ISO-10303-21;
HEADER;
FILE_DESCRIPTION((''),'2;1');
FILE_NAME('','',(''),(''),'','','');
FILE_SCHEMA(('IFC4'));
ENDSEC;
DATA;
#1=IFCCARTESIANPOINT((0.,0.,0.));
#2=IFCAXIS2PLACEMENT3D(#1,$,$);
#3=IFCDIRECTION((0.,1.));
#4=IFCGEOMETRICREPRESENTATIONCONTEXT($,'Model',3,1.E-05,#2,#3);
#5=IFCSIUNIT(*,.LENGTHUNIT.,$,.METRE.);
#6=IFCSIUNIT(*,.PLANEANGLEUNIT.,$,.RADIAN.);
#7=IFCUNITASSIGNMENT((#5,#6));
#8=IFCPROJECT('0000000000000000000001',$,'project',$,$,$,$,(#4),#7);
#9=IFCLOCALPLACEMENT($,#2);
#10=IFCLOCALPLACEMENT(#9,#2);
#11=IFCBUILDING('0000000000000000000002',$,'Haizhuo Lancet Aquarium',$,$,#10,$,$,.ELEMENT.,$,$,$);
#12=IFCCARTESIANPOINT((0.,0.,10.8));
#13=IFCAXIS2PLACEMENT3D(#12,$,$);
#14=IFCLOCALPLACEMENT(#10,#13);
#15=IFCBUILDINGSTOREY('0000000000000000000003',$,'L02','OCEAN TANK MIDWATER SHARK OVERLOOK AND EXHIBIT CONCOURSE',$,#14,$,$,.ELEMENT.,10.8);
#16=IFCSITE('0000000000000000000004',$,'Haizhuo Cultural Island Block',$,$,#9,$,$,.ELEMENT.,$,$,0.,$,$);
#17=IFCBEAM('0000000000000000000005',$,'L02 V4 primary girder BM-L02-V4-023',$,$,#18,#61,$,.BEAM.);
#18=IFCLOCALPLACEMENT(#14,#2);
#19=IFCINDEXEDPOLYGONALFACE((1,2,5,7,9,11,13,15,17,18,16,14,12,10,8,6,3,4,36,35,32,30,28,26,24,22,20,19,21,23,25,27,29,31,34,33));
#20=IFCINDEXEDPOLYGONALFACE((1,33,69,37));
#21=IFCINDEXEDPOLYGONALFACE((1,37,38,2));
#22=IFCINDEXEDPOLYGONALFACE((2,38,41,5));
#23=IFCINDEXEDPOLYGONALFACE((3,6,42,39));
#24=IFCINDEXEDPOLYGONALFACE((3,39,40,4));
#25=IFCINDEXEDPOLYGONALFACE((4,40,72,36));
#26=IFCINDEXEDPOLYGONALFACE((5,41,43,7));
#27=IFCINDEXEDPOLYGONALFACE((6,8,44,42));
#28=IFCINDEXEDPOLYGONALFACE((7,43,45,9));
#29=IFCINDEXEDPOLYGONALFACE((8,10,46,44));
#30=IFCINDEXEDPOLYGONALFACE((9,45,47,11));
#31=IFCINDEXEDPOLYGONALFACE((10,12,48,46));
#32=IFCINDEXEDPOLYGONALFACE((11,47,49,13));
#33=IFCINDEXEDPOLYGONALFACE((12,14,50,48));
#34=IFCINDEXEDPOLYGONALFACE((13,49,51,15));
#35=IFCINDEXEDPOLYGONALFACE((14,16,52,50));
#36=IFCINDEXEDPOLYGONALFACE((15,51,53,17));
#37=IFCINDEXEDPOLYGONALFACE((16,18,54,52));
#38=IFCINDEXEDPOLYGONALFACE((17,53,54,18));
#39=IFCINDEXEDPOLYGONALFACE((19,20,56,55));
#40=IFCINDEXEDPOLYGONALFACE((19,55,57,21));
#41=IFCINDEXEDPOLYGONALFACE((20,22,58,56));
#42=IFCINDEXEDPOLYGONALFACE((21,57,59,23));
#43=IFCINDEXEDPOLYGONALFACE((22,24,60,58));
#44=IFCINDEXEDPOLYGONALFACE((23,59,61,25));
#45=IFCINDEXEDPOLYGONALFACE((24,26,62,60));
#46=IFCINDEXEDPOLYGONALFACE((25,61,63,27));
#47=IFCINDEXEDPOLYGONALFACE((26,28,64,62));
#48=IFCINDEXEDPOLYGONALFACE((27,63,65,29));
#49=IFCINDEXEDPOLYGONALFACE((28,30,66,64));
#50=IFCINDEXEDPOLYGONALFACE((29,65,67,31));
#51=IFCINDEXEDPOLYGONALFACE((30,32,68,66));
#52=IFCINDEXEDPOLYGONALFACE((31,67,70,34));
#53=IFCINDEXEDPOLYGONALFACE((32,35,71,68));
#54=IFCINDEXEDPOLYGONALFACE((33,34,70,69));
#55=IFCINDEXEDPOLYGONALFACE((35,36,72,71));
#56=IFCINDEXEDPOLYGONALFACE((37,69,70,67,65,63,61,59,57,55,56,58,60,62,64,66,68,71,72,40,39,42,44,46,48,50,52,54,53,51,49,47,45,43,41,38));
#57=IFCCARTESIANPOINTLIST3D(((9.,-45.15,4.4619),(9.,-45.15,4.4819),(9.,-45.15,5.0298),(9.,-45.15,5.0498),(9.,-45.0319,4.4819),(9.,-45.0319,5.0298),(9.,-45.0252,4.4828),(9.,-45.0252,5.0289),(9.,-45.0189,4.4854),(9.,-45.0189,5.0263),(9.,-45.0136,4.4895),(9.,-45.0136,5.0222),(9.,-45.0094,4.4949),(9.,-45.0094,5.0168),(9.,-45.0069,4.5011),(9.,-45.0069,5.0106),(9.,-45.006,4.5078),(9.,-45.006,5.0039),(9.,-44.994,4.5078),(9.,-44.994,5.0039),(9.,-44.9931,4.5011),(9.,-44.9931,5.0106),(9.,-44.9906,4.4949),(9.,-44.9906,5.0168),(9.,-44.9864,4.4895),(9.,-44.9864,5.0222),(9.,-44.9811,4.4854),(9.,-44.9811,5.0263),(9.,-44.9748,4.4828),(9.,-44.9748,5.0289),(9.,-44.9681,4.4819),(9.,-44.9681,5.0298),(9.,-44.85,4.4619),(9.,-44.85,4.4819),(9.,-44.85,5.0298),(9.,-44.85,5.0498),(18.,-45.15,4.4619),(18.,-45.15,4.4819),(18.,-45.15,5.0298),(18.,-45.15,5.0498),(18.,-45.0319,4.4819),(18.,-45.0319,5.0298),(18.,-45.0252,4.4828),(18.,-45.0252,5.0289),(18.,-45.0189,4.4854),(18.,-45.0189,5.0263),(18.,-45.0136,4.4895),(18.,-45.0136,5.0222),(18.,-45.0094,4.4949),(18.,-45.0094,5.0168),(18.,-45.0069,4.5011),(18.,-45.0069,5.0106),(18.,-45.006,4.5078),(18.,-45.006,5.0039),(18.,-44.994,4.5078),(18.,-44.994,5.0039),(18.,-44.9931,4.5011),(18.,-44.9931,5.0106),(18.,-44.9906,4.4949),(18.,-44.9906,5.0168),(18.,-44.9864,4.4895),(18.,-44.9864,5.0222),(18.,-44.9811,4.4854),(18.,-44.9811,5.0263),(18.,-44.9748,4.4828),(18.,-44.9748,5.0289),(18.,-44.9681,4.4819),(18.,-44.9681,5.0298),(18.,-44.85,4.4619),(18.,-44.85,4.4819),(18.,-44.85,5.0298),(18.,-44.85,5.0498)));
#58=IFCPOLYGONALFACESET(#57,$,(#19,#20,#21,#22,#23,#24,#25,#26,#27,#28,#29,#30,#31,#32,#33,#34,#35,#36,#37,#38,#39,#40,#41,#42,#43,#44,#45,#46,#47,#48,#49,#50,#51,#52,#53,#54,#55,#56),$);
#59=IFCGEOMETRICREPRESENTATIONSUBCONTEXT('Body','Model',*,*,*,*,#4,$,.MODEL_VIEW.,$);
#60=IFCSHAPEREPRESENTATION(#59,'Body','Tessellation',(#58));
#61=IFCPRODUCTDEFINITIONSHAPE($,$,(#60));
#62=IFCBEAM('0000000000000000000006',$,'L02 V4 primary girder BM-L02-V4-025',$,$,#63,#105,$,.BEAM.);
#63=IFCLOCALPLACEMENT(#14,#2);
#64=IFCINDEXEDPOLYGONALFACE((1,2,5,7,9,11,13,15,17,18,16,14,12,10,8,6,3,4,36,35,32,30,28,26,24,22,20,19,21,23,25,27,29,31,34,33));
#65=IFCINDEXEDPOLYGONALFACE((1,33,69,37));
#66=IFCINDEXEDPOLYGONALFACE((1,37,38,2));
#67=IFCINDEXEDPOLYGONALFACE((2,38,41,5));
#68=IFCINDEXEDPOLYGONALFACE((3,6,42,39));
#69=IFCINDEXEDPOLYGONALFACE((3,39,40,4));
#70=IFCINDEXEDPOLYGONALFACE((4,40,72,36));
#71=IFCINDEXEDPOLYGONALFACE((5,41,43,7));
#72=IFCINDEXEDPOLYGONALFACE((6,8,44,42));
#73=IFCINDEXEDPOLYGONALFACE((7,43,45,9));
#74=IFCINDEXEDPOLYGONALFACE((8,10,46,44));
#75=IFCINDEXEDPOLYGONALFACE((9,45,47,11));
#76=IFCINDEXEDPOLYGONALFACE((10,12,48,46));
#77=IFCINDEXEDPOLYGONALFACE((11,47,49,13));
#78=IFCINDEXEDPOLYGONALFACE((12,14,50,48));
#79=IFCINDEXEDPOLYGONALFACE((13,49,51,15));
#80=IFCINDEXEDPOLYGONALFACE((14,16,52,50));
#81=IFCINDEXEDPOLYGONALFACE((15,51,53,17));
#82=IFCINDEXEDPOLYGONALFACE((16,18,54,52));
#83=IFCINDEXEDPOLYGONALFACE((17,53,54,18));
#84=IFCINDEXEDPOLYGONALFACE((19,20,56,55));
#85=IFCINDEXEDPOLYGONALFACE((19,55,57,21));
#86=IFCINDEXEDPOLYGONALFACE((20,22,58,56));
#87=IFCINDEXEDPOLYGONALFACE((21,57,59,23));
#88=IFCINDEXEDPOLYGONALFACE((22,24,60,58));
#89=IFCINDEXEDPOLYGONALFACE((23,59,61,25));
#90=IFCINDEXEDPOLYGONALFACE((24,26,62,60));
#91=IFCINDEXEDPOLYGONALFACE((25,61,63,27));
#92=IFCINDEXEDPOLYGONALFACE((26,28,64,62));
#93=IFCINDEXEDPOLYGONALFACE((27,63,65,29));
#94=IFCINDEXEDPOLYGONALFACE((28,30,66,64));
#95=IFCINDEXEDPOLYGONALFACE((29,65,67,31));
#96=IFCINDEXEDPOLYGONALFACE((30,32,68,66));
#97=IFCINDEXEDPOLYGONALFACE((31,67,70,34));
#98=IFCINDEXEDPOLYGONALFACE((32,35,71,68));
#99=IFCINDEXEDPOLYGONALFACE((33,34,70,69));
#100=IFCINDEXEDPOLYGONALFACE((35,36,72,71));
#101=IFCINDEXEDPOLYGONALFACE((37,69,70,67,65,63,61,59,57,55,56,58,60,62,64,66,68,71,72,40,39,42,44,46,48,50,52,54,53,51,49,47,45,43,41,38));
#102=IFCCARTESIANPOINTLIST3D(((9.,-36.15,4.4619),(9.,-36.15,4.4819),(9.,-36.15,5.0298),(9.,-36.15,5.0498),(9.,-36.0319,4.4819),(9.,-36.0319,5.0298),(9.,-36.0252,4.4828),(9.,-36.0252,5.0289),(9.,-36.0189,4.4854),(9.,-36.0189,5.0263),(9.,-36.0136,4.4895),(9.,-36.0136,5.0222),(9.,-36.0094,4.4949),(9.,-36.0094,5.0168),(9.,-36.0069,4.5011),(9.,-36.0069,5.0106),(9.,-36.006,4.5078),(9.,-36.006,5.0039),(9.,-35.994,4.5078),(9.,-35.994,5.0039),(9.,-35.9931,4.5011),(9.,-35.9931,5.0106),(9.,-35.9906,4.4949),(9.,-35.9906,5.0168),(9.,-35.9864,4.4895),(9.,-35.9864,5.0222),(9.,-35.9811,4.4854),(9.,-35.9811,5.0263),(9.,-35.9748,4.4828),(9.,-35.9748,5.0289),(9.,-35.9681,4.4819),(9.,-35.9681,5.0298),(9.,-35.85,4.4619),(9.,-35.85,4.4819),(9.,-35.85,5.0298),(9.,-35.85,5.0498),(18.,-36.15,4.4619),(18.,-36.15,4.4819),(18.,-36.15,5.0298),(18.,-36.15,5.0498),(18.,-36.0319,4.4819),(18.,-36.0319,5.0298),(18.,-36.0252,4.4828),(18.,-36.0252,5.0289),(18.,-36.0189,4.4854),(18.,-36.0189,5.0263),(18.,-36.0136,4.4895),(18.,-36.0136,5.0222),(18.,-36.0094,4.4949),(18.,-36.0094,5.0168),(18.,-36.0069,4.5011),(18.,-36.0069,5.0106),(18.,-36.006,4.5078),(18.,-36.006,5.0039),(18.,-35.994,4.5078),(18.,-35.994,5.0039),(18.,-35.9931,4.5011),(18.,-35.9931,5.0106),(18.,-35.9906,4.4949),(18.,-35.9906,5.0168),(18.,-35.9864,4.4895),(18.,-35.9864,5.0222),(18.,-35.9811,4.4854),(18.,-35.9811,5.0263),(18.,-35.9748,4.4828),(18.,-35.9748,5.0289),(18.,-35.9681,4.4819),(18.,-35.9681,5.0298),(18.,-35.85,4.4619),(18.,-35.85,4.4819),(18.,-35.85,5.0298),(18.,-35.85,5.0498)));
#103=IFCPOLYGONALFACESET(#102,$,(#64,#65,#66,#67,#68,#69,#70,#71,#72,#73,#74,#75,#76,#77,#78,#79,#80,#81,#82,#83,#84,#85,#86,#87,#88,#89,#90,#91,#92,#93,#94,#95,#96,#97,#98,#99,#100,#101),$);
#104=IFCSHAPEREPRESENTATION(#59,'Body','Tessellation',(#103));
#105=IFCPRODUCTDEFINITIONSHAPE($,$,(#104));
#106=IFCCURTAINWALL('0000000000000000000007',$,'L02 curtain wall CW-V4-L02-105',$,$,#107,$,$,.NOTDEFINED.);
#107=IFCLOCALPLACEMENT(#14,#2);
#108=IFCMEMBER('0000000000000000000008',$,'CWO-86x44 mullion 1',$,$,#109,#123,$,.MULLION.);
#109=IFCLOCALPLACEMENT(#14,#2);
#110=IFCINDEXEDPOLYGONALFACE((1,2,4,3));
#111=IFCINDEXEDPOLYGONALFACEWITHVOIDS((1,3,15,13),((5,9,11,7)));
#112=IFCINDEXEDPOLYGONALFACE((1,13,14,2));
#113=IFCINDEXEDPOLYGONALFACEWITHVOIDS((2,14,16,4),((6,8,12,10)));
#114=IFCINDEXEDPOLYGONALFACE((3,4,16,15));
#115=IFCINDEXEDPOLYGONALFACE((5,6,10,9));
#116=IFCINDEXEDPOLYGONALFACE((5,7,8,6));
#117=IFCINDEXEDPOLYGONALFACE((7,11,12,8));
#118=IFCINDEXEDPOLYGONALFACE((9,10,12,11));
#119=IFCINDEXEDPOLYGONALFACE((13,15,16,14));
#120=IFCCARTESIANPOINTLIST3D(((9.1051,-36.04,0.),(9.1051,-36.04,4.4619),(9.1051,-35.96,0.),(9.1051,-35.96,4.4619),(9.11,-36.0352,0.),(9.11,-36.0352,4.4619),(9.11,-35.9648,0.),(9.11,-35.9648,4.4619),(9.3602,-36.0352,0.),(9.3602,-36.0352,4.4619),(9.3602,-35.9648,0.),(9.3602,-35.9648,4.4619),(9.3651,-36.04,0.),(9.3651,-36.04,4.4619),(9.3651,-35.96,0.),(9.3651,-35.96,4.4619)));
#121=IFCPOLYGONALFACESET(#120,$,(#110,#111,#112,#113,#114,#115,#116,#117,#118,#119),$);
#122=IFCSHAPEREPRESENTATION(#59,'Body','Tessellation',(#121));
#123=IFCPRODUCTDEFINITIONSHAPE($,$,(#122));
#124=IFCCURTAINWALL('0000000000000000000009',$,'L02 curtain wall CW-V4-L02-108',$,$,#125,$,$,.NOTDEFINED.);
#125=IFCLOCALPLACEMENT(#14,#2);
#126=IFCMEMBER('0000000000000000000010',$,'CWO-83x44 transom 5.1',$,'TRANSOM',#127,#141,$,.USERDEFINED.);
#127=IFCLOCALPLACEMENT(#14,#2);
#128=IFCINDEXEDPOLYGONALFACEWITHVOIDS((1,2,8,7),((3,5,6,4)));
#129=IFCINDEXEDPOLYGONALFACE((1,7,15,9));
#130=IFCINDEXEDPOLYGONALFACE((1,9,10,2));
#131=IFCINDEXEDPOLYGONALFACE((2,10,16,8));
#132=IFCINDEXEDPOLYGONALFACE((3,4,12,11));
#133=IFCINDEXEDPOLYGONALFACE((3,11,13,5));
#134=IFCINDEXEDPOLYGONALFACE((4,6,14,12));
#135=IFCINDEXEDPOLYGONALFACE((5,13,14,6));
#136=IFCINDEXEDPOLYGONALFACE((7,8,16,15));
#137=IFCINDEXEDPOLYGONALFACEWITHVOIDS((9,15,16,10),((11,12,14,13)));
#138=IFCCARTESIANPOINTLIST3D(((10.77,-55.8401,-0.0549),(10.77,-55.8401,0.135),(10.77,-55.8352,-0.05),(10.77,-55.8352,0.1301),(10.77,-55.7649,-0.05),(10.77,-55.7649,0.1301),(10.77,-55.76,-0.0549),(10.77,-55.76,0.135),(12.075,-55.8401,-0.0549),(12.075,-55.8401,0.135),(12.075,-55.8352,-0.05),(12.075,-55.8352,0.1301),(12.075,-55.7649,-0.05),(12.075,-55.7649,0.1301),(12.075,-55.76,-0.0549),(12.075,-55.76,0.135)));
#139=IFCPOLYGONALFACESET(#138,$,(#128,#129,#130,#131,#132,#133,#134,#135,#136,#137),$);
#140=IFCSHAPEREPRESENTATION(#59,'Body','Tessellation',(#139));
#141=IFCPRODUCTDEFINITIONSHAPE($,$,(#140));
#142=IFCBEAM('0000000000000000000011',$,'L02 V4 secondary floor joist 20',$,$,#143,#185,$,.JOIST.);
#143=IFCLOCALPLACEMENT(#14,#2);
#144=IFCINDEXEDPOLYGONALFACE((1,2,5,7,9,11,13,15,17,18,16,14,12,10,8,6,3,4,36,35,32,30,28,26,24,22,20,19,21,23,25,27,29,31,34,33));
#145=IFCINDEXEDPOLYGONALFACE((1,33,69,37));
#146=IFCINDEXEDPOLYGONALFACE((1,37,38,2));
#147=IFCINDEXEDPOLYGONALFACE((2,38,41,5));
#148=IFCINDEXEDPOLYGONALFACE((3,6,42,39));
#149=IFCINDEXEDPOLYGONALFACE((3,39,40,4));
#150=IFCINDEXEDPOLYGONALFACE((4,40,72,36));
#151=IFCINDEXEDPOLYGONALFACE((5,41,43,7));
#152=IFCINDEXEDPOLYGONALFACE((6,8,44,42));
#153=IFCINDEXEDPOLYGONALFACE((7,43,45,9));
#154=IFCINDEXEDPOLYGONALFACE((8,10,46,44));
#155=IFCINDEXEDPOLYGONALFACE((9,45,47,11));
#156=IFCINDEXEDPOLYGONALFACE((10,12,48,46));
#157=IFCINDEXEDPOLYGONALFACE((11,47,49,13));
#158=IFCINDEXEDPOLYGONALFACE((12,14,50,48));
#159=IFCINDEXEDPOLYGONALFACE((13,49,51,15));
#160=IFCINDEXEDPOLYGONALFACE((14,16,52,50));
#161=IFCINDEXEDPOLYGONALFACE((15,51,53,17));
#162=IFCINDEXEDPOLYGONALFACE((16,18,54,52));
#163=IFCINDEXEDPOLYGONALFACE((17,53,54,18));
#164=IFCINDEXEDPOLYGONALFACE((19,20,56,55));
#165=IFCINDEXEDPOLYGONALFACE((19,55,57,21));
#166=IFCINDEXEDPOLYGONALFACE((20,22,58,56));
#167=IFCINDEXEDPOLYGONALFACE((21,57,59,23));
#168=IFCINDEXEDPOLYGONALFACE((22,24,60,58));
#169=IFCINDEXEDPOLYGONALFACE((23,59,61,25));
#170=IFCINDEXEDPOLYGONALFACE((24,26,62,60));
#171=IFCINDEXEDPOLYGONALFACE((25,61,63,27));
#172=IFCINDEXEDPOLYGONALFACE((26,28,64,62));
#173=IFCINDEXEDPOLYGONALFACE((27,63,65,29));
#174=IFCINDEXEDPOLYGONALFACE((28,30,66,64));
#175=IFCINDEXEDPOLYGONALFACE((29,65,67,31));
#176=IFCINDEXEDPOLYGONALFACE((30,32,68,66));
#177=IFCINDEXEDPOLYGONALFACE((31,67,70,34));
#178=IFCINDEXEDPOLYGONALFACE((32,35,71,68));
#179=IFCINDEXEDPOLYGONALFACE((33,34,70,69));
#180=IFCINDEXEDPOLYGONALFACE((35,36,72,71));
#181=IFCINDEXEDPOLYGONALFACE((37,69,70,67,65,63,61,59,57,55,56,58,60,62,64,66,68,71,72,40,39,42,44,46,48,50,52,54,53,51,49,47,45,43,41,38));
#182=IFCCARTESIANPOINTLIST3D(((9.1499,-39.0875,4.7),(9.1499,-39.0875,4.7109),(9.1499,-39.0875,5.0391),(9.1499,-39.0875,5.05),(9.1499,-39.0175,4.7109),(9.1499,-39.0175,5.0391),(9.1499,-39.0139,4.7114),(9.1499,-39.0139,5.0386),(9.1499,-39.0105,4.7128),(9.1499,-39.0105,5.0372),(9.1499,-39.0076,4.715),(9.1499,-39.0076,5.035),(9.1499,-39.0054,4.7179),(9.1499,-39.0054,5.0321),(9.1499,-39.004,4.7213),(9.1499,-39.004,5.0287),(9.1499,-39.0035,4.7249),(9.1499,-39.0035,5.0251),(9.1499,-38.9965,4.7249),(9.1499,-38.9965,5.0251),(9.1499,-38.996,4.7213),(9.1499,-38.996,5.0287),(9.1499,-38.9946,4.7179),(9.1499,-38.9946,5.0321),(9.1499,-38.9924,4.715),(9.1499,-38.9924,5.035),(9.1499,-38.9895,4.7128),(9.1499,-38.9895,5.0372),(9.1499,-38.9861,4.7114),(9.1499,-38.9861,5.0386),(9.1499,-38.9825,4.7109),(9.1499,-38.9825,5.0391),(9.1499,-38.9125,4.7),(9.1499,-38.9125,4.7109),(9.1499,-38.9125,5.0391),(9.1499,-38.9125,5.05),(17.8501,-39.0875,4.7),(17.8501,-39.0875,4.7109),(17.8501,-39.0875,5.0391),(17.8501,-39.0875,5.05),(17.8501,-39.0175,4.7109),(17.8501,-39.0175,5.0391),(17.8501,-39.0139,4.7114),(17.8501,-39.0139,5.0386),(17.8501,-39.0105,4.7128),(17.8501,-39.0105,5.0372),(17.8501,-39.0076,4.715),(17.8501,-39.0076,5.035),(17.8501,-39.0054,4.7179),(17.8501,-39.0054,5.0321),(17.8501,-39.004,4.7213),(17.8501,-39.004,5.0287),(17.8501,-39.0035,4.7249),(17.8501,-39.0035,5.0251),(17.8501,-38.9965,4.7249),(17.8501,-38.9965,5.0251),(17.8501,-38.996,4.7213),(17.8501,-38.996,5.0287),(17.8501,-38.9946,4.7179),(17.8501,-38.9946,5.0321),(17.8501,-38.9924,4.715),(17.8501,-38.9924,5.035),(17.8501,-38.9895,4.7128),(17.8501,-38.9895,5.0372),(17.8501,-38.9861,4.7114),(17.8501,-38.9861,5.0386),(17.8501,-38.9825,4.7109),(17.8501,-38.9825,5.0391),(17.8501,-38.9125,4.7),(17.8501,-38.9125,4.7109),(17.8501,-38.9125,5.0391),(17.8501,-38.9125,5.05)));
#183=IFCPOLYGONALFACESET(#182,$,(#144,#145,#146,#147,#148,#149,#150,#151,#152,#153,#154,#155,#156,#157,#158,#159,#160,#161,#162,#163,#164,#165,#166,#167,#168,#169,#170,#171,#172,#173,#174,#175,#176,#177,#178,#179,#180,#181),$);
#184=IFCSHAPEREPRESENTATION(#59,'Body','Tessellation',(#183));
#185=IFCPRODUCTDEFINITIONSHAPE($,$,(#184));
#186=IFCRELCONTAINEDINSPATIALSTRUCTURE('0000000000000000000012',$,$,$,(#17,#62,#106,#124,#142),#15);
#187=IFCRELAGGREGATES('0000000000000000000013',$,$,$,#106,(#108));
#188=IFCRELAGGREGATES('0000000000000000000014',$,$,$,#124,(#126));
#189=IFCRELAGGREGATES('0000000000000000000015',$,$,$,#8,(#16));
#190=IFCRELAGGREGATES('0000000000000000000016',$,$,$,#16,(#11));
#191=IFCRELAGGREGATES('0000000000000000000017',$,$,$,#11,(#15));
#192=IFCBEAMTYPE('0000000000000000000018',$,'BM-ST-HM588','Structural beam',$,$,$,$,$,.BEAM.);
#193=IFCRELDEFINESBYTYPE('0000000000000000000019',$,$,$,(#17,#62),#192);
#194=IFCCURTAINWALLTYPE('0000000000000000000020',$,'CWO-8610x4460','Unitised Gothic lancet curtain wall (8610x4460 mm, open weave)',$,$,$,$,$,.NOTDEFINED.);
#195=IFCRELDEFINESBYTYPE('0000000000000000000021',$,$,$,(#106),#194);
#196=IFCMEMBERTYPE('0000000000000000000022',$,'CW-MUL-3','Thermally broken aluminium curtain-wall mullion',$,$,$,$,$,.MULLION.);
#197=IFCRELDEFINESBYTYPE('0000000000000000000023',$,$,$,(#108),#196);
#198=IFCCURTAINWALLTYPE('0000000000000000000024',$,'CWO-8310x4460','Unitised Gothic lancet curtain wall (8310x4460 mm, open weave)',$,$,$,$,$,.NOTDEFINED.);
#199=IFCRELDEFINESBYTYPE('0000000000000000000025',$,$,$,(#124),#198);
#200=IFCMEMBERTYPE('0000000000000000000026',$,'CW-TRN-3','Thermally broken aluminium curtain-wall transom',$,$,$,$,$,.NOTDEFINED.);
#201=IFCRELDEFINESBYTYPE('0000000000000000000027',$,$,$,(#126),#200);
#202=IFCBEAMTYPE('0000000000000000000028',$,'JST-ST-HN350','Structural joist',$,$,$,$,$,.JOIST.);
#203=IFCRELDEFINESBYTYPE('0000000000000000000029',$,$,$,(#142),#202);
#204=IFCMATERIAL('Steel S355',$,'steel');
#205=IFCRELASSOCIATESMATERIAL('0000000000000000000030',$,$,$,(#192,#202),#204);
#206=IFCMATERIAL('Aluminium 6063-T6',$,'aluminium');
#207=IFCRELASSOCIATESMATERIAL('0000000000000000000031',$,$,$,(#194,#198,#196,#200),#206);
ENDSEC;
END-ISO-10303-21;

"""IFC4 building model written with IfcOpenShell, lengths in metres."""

from ifc_helpers import new_model, si_unit, direction, frame, origin, origin_2d, place, context, subcontext, project, spatial, hollow_rectangle, i_section, extrude, material, material_profile, profile_set, type_object, element, aggregate, save


model = new_model("IFC4")

# Units and contexts
model_context = context("Model", 3, precision=1e-05, world=origin(), true_north=direction((0.0, 1.0)))
body_context = subcontext(model_context, "Body", "Model", "MODEL_VIEW")
ifc_project = project(units=[si_unit("LENGTHUNIT", "METRE"), si_unit("PLANEANGLEUNIT", "RADIAN")], contexts=[model_context])

# Site, building, storey
site_placement = place(None, origin())
site = spatial("IfcSite", under=ifc_project, at=site_placement, Name="Haizhuo Cultural Island Block", CompositionType="ELEMENT", RefElevation=0.0)
building_placement = place(site_placement, origin())
building = spatial("IfcBuilding", under=site, at=building_placement, Name="Haizhuo Lancet Aquarium", CompositionType="ELEMENT")
storey_placement = place(building_placement, frame((0.0, 0.0, 10.8)))
storey = spatial("IfcBuildingStorey", under=building, at=storey_placement, Name="L02", Description="OCEAN TANK MIDWATER SHARK OVERLOOK AND EXHIBIT CONCOURSE", CompositionType="ELEMENT", Elevation=10.8)

# Shared definitions
ifc_material_1 = material(Name="Steel S355", Category="steel")

# Beams
ifc_material_profile_1 = material_profile(ifc_material_1, i_section(OverallWidth=0.3, OverallDepth=0.5879, WebThickness=0.012, FlangeThickness=0.02, FilletRadius=0.0259, at=origin_2d()), Name="HM 588x300x12x20")
ifc_profile_set_1 = profile_set([ifc_material_profile_1], Name="Steel S355")
beam_type_1 = type_object("IfcBeamType", Name="BM-ST-HM588", Description="Structural beam", PredefinedType="BEAM", material=ifc_profile_set_1)
for number, where, z_axis, x_axis, name in (
    (1, (9.0, -45.0, 4.7559), (1.0, 0.0, 0.0), (0.0, 1.0, 0.0), "L02 V4 primary girder BM-L02-V4-023"),
    (2, (9.0, -36.0, 4.7559), (1.0, 0.0, 0.0), (0.0, 1.0, 0.0), "L02 V4 primary girder BM-L02-V4-025"),
):
    element("IfcBeam", number, at=place(storey_placement, frame(where, z_axis=z_axis, x_axis=x_axis)), inside=storey, type_object=beam_type_1, Name=name, PredefinedType="BEAM", context=body_context, shape_type="SweptSolid", body=[
        extrude(i_section(OverallWidth=0.3, OverallDepth=0.5879, WebThickness=0.012, FlangeThickness=0.02, FilletRadius=0.0259, at=origin_2d()), origin(), (0.0, 0.0, 1.0), 9.0),
    ])

# Curtain walls, members
ifc_material_2 = material(Name="Aluminium 6063-T6", Category="aluminium")
curtain_wall_type_1 = type_object("IfcCurtainWallType", Name="CWO-8610x4460", Description="Unitised Gothic lancet curtain wall (8610x4460 mm, open weave)", PredefinedType="NOTDEFINED", material=ifc_material_2)
curtain_wall_1_placement = place(storey_placement, origin())
curtain_wall_1 = element("IfcCurtainWall", 3, at=curtain_wall_1_placement, inside=storey, type_object=curtain_wall_type_1, Name="L02 curtain wall CW-V4-L02-105", PredefinedType="NOTDEFINED")
ifc_material_profile_2 = material_profile(ifc_material_2, hollow_rectangle(XDim=0.0801, YDim=0.26, WallThickness=0.0049, at=origin_2d()), Name="ALU-M 80x260x5")
ifc_profile_set_2 = profile_set([ifc_material_profile_2], Name="Aluminium 6063-T6")
member_type_1 = type_object("IfcMemberType", Name="CW-MUL-3", Description="Thermally broken aluminium curtain-wall mullion", PredefinedType="MULLION", material=ifc_profile_set_2)
member_1_placement = place(storey_placement, frame((9.2351, -36.0, 0.0), z_axis=(0.0, 0.0, 1.0), x_axis=(0.0, 1.0, 0.0)))
member_1 = element("IfcMember", 4, at=member_1_placement, type_object=member_type_1, Name="CWO-86x44 mullion 1", PredefinedType="MULLION", context=body_context, shape_type="SweptSolid", body=[
    extrude(hollow_rectangle(XDim=0.0801, YDim=0.26, WallThickness=0.0049, at=origin_2d()), origin(), (0.0, 0.0, 1.0), 4.4619),
])
aggregate(curtain_wall_1, [member_1])
curtain_wall_type_2 = type_object("IfcCurtainWallType", Name="CWO-8310x4460", Description="Unitised Gothic lancet curtain wall (8310x4460 mm, open weave)", PredefinedType="NOTDEFINED", material=ifc_material_2)
curtain_wall_2_placement = place(storey_placement, origin())
curtain_wall_2 = element("IfcCurtainWall", 5, at=curtain_wall_2_placement, inside=storey, type_object=curtain_wall_type_2, Name="L02 curtain wall CW-V4-L02-108", PredefinedType="NOTDEFINED")
ifc_material_profile_3 = material_profile(ifc_material_2, hollow_rectangle(XDim=0.0801, YDim=0.1899, WallThickness=0.0049, at=origin_2d()), Name="ALU-T 80x190x5")
ifc_profile_set_3 = profile_set([ifc_material_profile_3], Name="Aluminium 6063-T6")
member_type_2 = type_object("IfcMemberType", Name="CW-TRN-3", Description="Thermally broken aluminium curtain-wall transom", PredefinedType="NOTDEFINED", material=ifc_profile_set_3)
member_2_placement = place(storey_placement, frame((12.075, -55.8, 0.04), z_axis=(-1.0, 0.0, 0.0), x_axis=(0.0, -1.0, 0.0)))
member_2 = element("IfcMember", 6, at=member_2_placement, type_object=member_type_2, Name="CWO-83x44 transom 5.1", ObjectType="TRANSOM", PredefinedType="USERDEFINED", context=body_context, shape_type="SweptSolid", body=[
    extrude(hollow_rectangle(XDim=0.0801, YDim=0.1899, WallThickness=0.0049, at=origin_2d()), origin(), (0.0, 0.0, 1.0), 1.3049),
])

# Beam
ifc_material_profile_4 = material_profile(ifc_material_1, i_section(OverallWidth=0.175, OverallDepth=0.3501, WebThickness=0.0071, FlangeThickness=0.011, FilletRadius=0.0139, at=origin_2d()), Name="HN 350x175x7x11")
ifc_profile_set_4 = profile_set([ifc_material_profile_4], Name="Steel S355")
beam_type_2 = type_object("IfcBeamType", Name="JST-ST-HN350", Description="Structural joist", PredefinedType="JOIST", material=ifc_profile_set_4)
beam_1_placement = place(storey_placement, frame((9.1499, -39.0, 4.875), z_axis=(1.0, 0.0, 0.0), x_axis=(0.0, 1.0, 0.0)))
element("IfcBeam", 7, at=beam_1_placement, inside=storey, type_object=beam_type_2, Name="L02 V4 secondary floor joist 20", PredefinedType="JOIST", context=body_context, shape_type="SweptSolid", body=[
    extrude(i_section(OverallWidth=0.175, OverallDepth=0.3501, WebThickness=0.0071, FlangeThickness=0.011, FilletRadius=0.0139, at=origin_2d()), origin(), (0.0, 0.0, 1.0), 8.7002),
])

aggregate(curtain_wall_2, [member_2])

save(model, "model.ifc")
